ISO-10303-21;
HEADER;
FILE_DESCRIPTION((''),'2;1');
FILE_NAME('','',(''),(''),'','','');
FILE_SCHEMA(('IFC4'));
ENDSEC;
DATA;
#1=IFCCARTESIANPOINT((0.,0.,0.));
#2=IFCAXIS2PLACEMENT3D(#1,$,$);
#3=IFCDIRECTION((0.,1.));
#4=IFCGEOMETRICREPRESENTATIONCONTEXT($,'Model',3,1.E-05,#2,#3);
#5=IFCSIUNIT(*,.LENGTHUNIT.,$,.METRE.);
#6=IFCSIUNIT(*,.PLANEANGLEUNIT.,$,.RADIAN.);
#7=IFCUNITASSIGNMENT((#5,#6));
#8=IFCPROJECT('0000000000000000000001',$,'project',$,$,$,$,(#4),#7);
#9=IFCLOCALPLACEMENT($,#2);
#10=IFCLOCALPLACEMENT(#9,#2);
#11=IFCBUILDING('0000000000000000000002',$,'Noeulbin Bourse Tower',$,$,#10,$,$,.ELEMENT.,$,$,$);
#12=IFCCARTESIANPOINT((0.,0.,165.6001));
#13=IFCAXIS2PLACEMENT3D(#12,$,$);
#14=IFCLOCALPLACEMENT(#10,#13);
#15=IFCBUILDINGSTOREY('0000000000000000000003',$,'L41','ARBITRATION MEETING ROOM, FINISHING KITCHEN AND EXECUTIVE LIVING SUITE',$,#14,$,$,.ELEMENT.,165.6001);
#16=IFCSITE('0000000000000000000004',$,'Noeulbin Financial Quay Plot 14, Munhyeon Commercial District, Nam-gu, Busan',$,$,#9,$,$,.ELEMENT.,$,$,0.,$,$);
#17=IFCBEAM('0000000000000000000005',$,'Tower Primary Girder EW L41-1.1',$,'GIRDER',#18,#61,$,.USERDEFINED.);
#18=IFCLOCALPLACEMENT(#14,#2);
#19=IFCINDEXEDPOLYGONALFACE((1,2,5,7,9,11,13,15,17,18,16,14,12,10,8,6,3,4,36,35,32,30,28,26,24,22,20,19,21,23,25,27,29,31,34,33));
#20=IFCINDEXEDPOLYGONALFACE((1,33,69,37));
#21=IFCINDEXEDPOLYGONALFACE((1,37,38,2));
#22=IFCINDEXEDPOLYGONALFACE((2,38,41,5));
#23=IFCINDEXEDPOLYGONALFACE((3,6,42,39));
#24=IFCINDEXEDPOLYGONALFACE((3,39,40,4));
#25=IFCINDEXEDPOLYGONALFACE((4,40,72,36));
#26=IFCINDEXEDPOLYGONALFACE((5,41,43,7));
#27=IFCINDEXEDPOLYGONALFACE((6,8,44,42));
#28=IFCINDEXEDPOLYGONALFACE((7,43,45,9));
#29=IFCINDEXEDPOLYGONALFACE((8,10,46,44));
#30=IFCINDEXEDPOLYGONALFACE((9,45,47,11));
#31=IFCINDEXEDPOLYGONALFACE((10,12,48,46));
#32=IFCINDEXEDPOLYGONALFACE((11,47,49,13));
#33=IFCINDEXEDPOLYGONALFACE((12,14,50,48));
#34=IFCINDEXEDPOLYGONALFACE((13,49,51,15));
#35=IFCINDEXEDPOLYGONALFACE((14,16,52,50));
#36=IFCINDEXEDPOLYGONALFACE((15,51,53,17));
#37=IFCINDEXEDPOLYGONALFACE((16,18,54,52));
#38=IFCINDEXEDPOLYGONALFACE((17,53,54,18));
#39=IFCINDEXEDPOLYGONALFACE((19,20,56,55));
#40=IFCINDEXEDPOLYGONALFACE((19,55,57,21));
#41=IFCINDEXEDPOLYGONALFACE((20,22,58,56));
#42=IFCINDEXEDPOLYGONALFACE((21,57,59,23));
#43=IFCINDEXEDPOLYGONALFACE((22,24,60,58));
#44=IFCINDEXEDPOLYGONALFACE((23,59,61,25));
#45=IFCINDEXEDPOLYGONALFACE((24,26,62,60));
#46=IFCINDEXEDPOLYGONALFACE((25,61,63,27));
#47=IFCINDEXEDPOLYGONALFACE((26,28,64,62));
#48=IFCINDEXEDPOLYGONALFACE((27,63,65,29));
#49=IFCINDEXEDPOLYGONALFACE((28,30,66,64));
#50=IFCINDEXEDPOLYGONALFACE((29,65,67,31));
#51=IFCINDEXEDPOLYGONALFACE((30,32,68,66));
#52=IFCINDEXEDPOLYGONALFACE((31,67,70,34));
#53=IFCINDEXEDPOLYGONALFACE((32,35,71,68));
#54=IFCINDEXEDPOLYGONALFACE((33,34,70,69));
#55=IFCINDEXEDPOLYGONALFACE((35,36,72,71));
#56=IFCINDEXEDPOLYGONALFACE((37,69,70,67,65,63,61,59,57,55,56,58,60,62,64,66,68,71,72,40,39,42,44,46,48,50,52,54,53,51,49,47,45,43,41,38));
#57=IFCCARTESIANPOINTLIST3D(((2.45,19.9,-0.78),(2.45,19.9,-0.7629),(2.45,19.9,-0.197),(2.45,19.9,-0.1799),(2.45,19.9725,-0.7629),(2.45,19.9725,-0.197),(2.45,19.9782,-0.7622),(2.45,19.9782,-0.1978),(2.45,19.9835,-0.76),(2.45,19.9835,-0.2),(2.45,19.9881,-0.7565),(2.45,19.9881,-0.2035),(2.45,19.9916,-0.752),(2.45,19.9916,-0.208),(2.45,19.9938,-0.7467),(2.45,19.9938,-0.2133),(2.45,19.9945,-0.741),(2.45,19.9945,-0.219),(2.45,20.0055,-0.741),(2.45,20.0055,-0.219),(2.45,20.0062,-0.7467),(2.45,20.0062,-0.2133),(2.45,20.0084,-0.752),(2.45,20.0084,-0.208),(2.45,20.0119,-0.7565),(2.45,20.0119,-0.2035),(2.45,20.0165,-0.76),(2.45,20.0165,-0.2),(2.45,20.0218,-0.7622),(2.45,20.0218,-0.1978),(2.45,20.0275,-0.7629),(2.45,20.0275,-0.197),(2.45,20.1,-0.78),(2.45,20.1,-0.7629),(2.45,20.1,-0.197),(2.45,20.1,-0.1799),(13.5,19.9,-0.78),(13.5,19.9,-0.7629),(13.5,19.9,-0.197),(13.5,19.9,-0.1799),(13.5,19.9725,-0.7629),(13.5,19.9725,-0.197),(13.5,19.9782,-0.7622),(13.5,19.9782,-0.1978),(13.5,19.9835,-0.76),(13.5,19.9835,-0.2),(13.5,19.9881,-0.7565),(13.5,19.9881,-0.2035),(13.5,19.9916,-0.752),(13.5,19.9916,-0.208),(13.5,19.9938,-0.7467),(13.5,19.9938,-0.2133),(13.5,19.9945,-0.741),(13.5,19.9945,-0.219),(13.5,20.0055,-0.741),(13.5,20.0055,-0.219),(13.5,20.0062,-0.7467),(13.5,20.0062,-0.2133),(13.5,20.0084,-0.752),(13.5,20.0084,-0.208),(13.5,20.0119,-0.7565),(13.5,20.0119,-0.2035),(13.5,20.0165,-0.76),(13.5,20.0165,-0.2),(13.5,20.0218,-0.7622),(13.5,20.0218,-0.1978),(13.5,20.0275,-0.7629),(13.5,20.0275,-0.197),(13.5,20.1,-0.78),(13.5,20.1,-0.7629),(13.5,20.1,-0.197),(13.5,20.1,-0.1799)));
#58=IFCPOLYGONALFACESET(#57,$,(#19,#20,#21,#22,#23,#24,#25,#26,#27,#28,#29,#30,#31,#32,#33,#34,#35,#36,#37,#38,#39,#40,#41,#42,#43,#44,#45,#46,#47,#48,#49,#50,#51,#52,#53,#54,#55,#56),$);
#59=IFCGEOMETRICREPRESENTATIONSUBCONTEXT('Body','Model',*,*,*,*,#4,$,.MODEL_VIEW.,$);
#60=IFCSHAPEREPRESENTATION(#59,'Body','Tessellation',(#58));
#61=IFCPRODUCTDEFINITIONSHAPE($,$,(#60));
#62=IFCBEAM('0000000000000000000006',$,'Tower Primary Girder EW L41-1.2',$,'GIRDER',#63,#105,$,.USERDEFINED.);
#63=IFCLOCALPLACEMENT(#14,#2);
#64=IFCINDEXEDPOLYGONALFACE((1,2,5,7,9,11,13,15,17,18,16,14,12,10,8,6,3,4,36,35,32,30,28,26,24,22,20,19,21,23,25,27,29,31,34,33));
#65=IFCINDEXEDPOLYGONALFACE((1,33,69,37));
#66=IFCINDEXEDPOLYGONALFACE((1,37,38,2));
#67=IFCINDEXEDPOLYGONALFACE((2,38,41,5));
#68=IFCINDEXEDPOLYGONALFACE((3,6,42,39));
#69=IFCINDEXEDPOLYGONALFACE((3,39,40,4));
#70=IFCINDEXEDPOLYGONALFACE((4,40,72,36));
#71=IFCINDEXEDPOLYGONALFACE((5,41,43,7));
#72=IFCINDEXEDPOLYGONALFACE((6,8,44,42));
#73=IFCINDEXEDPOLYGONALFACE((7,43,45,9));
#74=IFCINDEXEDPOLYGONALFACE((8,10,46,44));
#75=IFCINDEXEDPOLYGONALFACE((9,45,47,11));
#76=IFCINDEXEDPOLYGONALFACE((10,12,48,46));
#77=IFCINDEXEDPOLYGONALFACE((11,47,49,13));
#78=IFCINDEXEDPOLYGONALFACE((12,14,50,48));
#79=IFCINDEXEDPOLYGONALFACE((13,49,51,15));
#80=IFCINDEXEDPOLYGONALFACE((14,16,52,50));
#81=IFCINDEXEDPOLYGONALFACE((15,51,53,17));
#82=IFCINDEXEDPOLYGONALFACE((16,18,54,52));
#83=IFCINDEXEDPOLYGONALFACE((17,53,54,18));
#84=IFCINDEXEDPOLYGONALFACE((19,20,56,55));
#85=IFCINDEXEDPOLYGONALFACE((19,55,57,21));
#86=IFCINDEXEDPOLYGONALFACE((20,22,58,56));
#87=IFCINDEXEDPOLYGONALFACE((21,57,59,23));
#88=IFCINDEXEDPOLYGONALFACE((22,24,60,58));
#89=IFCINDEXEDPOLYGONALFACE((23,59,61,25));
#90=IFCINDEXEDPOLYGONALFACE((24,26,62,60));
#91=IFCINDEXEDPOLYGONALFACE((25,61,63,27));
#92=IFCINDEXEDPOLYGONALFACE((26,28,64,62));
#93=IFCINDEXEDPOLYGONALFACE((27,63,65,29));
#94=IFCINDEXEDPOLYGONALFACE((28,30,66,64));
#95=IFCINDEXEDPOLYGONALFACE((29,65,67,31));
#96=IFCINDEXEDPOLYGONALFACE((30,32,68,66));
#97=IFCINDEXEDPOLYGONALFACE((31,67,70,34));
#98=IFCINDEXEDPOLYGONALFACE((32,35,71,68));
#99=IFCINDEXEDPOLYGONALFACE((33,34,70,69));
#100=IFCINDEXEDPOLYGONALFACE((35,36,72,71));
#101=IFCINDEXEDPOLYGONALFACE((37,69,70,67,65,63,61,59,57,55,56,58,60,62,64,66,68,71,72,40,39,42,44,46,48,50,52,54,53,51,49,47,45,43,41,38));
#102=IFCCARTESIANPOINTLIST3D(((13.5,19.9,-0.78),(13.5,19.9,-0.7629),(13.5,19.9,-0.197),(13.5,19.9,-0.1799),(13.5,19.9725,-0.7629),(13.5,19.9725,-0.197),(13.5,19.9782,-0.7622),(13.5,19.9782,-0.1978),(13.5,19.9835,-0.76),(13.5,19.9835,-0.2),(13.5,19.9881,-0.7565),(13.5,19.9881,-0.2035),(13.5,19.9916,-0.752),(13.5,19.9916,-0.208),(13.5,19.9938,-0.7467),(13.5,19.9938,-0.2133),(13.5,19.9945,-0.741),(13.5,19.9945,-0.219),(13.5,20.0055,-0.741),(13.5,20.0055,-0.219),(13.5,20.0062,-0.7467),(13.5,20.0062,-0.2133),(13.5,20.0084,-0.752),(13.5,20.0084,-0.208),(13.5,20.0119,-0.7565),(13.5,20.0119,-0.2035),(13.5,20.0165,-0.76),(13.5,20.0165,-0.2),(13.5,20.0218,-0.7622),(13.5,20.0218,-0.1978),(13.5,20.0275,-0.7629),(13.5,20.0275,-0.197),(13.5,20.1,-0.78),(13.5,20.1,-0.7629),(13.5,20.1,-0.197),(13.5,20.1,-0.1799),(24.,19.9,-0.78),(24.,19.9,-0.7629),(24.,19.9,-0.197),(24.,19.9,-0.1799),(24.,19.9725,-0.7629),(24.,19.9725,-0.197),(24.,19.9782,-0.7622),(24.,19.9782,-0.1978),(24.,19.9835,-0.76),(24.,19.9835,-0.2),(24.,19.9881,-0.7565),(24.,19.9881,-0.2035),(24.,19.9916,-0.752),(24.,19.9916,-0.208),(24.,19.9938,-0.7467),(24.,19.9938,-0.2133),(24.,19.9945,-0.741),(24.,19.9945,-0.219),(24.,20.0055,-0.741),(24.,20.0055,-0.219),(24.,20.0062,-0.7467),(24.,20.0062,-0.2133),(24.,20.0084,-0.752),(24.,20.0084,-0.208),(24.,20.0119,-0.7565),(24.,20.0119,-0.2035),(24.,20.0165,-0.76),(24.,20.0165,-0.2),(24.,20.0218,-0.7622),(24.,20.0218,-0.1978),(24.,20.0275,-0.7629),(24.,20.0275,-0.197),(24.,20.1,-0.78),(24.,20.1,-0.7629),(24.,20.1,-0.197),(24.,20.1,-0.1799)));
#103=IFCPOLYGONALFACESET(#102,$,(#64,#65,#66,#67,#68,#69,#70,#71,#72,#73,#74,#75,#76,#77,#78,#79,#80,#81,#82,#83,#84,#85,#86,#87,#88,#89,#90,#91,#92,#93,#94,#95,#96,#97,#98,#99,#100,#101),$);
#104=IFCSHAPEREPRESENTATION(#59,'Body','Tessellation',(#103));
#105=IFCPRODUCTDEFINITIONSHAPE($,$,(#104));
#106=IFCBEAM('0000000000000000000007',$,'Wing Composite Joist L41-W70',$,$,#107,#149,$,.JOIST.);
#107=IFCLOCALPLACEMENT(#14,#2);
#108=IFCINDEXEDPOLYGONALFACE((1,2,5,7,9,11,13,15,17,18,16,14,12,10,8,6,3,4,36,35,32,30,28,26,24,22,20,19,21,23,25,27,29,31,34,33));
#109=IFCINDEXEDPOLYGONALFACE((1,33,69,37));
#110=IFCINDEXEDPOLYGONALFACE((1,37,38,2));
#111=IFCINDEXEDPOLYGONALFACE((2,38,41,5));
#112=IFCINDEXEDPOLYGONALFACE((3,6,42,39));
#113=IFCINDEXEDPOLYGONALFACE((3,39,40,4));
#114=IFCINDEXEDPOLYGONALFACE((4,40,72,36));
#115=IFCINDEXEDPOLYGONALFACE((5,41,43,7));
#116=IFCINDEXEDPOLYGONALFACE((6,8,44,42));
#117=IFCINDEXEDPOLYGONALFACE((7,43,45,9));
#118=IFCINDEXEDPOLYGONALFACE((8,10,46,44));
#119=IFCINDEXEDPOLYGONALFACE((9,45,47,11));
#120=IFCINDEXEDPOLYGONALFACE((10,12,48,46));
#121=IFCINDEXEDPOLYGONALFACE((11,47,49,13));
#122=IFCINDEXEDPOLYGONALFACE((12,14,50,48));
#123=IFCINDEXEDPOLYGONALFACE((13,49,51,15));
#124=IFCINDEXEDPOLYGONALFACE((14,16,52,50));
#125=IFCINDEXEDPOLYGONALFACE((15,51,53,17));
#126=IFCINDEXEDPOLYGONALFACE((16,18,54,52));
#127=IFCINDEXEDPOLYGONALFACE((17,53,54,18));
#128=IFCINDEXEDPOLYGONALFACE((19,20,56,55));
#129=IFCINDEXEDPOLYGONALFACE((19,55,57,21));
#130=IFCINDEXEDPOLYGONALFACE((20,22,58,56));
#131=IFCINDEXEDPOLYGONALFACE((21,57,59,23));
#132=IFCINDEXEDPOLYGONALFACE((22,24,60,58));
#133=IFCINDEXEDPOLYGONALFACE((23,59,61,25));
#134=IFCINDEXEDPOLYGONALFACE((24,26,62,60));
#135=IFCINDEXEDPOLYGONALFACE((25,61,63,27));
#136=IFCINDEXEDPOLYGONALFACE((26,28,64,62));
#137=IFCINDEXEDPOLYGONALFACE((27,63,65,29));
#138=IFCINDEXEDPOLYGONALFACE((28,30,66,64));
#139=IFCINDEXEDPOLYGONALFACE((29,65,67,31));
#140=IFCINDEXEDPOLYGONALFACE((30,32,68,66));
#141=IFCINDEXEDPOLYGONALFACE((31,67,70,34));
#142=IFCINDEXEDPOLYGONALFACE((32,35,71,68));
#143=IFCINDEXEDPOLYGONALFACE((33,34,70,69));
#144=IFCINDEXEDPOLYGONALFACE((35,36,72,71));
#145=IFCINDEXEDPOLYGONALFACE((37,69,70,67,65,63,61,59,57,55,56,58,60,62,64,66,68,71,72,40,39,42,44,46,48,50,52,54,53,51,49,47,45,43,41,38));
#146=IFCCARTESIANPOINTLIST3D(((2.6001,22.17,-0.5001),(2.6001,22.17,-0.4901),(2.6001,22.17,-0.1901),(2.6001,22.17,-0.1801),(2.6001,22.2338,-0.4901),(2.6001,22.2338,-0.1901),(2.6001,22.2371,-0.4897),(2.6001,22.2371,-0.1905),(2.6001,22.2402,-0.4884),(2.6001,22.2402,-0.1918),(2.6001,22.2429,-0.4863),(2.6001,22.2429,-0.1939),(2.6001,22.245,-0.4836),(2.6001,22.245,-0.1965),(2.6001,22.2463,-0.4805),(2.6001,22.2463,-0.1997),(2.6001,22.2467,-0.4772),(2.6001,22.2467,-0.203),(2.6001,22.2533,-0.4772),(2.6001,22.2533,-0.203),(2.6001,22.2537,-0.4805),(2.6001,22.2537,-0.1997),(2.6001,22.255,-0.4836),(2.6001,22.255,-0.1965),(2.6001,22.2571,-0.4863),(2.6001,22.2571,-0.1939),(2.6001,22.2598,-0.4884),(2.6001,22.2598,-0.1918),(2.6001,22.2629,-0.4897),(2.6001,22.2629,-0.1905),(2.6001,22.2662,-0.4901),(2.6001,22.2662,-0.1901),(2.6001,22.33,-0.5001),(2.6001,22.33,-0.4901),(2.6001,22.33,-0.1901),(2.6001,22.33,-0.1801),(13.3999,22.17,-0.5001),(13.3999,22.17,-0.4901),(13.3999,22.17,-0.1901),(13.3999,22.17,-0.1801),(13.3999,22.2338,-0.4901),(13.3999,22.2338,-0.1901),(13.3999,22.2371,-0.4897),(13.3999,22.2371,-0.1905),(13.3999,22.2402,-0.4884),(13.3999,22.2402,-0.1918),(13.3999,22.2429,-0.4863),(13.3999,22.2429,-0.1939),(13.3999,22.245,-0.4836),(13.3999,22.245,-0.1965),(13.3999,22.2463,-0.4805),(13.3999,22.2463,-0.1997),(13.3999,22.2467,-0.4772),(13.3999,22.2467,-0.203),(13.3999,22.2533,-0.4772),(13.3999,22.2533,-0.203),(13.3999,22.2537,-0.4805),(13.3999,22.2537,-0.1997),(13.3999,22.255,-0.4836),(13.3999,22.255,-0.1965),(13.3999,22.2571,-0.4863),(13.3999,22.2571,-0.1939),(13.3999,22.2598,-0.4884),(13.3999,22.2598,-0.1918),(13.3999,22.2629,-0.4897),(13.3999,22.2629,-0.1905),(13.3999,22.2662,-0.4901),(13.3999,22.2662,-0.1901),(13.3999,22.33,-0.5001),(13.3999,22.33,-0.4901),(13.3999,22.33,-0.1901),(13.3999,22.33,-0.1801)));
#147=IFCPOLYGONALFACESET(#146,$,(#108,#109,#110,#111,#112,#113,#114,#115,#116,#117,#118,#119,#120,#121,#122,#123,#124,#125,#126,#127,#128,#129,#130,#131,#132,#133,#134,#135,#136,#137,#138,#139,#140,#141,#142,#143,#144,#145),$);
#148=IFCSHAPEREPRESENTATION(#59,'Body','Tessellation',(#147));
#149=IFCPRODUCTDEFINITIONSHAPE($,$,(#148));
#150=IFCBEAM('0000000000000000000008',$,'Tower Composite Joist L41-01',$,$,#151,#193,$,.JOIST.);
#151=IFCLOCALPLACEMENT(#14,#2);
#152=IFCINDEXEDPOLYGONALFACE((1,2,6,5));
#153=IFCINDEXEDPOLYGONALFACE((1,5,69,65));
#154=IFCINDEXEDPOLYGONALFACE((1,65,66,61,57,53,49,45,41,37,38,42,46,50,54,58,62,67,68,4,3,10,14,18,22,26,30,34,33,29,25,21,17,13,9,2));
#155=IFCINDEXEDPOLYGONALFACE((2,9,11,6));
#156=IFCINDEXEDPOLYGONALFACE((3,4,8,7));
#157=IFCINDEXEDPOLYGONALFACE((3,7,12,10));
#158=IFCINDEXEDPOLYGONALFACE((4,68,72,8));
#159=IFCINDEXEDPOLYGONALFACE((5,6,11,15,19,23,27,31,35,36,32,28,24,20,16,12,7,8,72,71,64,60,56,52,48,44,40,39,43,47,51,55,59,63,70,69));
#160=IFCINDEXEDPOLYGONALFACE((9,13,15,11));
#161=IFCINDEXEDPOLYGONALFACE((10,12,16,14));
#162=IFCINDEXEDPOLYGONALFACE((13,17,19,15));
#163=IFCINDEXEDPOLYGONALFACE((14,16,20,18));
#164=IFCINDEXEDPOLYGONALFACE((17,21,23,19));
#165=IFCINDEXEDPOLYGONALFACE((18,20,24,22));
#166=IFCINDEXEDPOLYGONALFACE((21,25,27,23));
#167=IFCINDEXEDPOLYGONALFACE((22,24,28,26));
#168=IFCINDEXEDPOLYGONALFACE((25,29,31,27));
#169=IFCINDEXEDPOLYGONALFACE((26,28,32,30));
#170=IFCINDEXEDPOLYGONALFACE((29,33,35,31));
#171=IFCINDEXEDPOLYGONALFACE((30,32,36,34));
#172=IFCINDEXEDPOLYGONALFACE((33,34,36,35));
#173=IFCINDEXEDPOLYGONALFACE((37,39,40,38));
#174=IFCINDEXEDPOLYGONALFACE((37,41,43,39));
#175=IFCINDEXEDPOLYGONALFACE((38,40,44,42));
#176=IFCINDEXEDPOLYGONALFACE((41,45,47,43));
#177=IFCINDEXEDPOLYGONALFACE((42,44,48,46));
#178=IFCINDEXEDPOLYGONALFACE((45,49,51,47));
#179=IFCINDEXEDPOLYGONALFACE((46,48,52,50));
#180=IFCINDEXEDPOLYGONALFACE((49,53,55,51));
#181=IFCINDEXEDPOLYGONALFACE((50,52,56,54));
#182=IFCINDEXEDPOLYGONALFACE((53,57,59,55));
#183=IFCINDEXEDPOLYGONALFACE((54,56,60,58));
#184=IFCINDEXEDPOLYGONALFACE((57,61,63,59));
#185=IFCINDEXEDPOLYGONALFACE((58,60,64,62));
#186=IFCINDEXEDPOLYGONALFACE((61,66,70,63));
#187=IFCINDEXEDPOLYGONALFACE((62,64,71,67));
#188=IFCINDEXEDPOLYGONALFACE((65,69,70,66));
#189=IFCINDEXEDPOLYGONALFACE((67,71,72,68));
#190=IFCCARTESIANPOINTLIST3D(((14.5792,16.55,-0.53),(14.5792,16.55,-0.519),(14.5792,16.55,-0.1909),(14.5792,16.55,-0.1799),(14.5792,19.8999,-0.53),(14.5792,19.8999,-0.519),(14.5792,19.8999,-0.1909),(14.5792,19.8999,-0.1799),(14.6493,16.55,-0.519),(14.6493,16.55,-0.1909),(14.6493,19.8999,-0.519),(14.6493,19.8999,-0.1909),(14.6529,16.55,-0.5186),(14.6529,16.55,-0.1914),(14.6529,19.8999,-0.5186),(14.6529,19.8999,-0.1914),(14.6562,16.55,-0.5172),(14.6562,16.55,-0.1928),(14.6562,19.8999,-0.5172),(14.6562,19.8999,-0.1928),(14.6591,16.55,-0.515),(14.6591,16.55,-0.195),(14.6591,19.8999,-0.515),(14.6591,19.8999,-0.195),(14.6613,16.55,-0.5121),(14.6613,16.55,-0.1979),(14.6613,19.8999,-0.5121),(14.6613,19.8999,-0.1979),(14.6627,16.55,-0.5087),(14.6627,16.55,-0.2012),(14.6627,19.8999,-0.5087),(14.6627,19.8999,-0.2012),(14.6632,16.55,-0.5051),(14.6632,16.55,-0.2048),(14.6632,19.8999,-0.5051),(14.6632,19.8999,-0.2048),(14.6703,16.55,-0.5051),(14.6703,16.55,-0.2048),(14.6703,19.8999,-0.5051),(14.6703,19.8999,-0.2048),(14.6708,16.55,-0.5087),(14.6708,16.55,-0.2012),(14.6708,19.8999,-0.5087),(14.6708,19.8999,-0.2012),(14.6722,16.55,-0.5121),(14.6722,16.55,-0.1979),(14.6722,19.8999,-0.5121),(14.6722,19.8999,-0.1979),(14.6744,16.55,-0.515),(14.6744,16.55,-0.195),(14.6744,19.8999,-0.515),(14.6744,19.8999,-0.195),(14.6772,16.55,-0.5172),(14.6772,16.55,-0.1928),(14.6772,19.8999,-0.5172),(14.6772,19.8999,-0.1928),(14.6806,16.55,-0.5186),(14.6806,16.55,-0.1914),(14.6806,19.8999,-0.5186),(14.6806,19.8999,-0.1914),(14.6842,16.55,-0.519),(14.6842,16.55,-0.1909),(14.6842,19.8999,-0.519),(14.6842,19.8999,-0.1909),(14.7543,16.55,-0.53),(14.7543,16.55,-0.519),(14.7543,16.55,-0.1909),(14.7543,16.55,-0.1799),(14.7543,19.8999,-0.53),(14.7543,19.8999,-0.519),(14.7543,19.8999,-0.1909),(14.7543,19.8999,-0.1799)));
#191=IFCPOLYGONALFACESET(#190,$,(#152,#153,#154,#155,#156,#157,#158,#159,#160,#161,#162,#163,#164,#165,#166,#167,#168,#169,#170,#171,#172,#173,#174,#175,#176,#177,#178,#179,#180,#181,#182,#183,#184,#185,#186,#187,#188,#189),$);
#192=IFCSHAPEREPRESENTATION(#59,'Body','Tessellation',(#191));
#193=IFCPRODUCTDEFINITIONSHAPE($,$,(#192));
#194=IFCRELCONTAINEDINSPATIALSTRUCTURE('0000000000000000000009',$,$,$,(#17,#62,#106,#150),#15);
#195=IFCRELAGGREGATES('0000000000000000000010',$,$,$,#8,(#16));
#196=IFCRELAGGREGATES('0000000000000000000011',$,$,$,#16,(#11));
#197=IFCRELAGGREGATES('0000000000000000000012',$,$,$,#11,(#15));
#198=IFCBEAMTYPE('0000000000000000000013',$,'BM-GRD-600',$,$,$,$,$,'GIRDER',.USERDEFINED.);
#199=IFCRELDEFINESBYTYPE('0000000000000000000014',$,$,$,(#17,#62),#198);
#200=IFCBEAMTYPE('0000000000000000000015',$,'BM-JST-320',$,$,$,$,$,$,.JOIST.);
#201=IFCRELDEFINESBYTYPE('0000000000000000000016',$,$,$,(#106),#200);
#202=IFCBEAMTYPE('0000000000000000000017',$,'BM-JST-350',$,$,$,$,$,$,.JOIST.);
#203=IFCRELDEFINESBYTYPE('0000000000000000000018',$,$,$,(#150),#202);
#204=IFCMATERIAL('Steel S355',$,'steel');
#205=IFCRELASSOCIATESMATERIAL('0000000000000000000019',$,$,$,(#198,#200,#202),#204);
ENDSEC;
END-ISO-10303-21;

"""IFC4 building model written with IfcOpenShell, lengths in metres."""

from ifc_helpers import new_model, si_unit, direction, frame, origin, origin_2d, place, context, subcontext, project, spatial, i_section, extrude, material, material_profile, profile_set, type_object, element, save


model = new_model("IFC4")

# Units and contexts
model_context = context("Model", 3, precision=1e-05, world=origin(), true_north=direction((0.0, 1.0)))
body_context = subcontext(model_context, "Body", "Model", "MODEL_VIEW")
ifc_project = project(units=[si_unit("LENGTHUNIT", "METRE"), si_unit("PLANEANGLEUNIT", "RADIAN")], contexts=[model_context])

# Site, building, storey
site_placement = place(None, origin())
site = spatial("IfcSite", under=ifc_project, at=site_placement, Name="Noeulbin Financial Quay Plot 14, Munhyeon Commercial District, Nam-gu, Busan", CompositionType="ELEMENT", RefElevation=0.0)
building_placement = place(site_placement, origin())
building = spatial("IfcBuilding", under=site, at=building_placement, Name="Noeulbin Bourse Tower", CompositionType="ELEMENT")
storey_placement = place(building_placement, frame((0.0, 0.0, 165.6001)))
storey = spatial("IfcBuildingStorey", under=building, at=storey_placement, Name="L41", Description="ARBITRATION MEETING ROOM, FINISHING KITCHEN AND EXECUTIVE LIVING SUITE", CompositionType="ELEMENT", Elevation=165.6001)

# Shared definitions
ifc_material_1 = material(Name="Steel S355", Category="steel")

# Beams
ifc_material_profile_1 = material_profile(ifc_material_1, i_section(OverallWidth=0.2, OverallDepth=0.6001, WebThickness=0.011, FlangeThickness=0.0171, FilletRadius=0.022, at=origin_2d()), Name="H-600x200x11x17", Category="LoadBearing")
ifc_profile_set_1 = profile_set([ifc_material_profile_1], Name="Steel S355")
beam_type_1 = type_object("IfcBeamType", Name="BM-GRD-600", ElementType="GIRDER", PredefinedType="USERDEFINED", material=ifc_profile_set_1)
beam_1_placement = place(storey_placement, frame((2.45, 20.0, -0.48), z_axis=(1.0, 0.0, 0.0), x_axis=(0.0, 1.0, 0.0)))
element("IfcBeam", 1, at=beam_1_placement, inside=storey, type_object=beam_type_1, Name="Tower Primary Girder EW L41-1.1", ObjectType="GIRDER", PredefinedType="USERDEFINED", context=body_context, shape_type="SweptSolid", body=[
    extrude(i_section(OverallWidth=0.2, OverallDepth=0.6001, WebThickness=0.011, FlangeThickness=0.0171, FilletRadius=0.022, at=origin_2d()), origin(), (0.0, 0.0, 1.0), 11.05),
])
beam_2_placement = place(storey_placement, frame((13.5, 20.0, -0.48), z_axis=(1.0, 0.0, 0.0), x_axis=(0.0, 1.0, 0.0)))
element("IfcBeam", 2, at=beam_2_placement, inside=storey, type_object=beam_type_1, Name="Tower Primary Girder EW L41-1.2", ObjectType="GIRDER", PredefinedType="USERDEFINED", context=body_context, shape_type="SweptSolid", body=[
    extrude(i_section(OverallWidth=0.2, OverallDepth=0.6001, WebThickness=0.011, FlangeThickness=0.0171, FilletRadius=0.022, at=origin_2d()), origin(), (0.0, 0.0, 1.0), 10.5),
])
ifc_material_profile_2 = material_profile(ifc_material_1, i_section(OverallWidth=0.1599, OverallDepth=0.3201, WebThickness=0.0066, FlangeThickness=0.01, FilletRadius=0.0129, at=origin_2d()), Name="H-320x160x6.5x10", Category="LoadBearing")
ifc_profile_set_2 = profile_set([ifc_material_profile_2], Name="Steel S355")
beam_type_2 = type_object("IfcBeamType", Name="BM-JST-320", PredefinedType="JOIST", material=ifc_profile_set_2)
beam_3_placement = place(storey_placement, frame((2.6001, 22.25, -0.3401), z_axis=(1.0, 0.0, 0.0), x_axis=(0.0, 1.0, 0.0)))
element("IfcBeam", 3, at=beam_3_placement, inside=storey, type_object=beam_type_2, Name="Wing Composite Joist L41-W70", PredefinedType="JOIST", context=body_context, shape_type="SweptSolid", body=[
    extrude(i_section(OverallWidth=0.1599, OverallDepth=0.3201, WebThickness=0.0066, FlangeThickness=0.01, FilletRadius=0.0129, at=origin_2d()), origin(), (0.0, 0.0, 1.0), 10.7998),
])
ifc_material_profile_3 = material_profile(ifc_material_1, i_section(OverallWidth=0.175, OverallDepth=0.3501, WebThickness=0.0071, FlangeThickness=0.011, FilletRadius=0.0139, at=origin_2d()), Name="H-350x175x7x11", Category="LoadBearing")
ifc_profile_set_3 = profile_set([ifc_material_profile_3], Name="Steel S355")
beam_type_3 = type_object("IfcBeamType", Name="BM-JST-350", PredefinedType="JOIST", material=ifc_profile_set_3)
beam_4_placement = place(storey_placement, frame((14.6667, 16.55, -0.355), z_axis=(0.0, 1.0, 0.0), x_axis=(-1.0, 0.0, 0.0)))
element("IfcBeam", 4, at=beam_4_placement, inside=storey, type_object=beam_type_3, Name="Tower Composite Joist L41-01", PredefinedType="JOIST", context=body_context, shape_type="SweptSolid", body=[
    extrude(i_section(OverallWidth=0.175, OverallDepth=0.3501, WebThickness=0.0071, FlangeThickness=0.011, FilletRadius=0.0139, at=origin_2d()), origin(), (0.0, 0.0, 1.0), 3.3499),
])

save(model, "model.ifc")
